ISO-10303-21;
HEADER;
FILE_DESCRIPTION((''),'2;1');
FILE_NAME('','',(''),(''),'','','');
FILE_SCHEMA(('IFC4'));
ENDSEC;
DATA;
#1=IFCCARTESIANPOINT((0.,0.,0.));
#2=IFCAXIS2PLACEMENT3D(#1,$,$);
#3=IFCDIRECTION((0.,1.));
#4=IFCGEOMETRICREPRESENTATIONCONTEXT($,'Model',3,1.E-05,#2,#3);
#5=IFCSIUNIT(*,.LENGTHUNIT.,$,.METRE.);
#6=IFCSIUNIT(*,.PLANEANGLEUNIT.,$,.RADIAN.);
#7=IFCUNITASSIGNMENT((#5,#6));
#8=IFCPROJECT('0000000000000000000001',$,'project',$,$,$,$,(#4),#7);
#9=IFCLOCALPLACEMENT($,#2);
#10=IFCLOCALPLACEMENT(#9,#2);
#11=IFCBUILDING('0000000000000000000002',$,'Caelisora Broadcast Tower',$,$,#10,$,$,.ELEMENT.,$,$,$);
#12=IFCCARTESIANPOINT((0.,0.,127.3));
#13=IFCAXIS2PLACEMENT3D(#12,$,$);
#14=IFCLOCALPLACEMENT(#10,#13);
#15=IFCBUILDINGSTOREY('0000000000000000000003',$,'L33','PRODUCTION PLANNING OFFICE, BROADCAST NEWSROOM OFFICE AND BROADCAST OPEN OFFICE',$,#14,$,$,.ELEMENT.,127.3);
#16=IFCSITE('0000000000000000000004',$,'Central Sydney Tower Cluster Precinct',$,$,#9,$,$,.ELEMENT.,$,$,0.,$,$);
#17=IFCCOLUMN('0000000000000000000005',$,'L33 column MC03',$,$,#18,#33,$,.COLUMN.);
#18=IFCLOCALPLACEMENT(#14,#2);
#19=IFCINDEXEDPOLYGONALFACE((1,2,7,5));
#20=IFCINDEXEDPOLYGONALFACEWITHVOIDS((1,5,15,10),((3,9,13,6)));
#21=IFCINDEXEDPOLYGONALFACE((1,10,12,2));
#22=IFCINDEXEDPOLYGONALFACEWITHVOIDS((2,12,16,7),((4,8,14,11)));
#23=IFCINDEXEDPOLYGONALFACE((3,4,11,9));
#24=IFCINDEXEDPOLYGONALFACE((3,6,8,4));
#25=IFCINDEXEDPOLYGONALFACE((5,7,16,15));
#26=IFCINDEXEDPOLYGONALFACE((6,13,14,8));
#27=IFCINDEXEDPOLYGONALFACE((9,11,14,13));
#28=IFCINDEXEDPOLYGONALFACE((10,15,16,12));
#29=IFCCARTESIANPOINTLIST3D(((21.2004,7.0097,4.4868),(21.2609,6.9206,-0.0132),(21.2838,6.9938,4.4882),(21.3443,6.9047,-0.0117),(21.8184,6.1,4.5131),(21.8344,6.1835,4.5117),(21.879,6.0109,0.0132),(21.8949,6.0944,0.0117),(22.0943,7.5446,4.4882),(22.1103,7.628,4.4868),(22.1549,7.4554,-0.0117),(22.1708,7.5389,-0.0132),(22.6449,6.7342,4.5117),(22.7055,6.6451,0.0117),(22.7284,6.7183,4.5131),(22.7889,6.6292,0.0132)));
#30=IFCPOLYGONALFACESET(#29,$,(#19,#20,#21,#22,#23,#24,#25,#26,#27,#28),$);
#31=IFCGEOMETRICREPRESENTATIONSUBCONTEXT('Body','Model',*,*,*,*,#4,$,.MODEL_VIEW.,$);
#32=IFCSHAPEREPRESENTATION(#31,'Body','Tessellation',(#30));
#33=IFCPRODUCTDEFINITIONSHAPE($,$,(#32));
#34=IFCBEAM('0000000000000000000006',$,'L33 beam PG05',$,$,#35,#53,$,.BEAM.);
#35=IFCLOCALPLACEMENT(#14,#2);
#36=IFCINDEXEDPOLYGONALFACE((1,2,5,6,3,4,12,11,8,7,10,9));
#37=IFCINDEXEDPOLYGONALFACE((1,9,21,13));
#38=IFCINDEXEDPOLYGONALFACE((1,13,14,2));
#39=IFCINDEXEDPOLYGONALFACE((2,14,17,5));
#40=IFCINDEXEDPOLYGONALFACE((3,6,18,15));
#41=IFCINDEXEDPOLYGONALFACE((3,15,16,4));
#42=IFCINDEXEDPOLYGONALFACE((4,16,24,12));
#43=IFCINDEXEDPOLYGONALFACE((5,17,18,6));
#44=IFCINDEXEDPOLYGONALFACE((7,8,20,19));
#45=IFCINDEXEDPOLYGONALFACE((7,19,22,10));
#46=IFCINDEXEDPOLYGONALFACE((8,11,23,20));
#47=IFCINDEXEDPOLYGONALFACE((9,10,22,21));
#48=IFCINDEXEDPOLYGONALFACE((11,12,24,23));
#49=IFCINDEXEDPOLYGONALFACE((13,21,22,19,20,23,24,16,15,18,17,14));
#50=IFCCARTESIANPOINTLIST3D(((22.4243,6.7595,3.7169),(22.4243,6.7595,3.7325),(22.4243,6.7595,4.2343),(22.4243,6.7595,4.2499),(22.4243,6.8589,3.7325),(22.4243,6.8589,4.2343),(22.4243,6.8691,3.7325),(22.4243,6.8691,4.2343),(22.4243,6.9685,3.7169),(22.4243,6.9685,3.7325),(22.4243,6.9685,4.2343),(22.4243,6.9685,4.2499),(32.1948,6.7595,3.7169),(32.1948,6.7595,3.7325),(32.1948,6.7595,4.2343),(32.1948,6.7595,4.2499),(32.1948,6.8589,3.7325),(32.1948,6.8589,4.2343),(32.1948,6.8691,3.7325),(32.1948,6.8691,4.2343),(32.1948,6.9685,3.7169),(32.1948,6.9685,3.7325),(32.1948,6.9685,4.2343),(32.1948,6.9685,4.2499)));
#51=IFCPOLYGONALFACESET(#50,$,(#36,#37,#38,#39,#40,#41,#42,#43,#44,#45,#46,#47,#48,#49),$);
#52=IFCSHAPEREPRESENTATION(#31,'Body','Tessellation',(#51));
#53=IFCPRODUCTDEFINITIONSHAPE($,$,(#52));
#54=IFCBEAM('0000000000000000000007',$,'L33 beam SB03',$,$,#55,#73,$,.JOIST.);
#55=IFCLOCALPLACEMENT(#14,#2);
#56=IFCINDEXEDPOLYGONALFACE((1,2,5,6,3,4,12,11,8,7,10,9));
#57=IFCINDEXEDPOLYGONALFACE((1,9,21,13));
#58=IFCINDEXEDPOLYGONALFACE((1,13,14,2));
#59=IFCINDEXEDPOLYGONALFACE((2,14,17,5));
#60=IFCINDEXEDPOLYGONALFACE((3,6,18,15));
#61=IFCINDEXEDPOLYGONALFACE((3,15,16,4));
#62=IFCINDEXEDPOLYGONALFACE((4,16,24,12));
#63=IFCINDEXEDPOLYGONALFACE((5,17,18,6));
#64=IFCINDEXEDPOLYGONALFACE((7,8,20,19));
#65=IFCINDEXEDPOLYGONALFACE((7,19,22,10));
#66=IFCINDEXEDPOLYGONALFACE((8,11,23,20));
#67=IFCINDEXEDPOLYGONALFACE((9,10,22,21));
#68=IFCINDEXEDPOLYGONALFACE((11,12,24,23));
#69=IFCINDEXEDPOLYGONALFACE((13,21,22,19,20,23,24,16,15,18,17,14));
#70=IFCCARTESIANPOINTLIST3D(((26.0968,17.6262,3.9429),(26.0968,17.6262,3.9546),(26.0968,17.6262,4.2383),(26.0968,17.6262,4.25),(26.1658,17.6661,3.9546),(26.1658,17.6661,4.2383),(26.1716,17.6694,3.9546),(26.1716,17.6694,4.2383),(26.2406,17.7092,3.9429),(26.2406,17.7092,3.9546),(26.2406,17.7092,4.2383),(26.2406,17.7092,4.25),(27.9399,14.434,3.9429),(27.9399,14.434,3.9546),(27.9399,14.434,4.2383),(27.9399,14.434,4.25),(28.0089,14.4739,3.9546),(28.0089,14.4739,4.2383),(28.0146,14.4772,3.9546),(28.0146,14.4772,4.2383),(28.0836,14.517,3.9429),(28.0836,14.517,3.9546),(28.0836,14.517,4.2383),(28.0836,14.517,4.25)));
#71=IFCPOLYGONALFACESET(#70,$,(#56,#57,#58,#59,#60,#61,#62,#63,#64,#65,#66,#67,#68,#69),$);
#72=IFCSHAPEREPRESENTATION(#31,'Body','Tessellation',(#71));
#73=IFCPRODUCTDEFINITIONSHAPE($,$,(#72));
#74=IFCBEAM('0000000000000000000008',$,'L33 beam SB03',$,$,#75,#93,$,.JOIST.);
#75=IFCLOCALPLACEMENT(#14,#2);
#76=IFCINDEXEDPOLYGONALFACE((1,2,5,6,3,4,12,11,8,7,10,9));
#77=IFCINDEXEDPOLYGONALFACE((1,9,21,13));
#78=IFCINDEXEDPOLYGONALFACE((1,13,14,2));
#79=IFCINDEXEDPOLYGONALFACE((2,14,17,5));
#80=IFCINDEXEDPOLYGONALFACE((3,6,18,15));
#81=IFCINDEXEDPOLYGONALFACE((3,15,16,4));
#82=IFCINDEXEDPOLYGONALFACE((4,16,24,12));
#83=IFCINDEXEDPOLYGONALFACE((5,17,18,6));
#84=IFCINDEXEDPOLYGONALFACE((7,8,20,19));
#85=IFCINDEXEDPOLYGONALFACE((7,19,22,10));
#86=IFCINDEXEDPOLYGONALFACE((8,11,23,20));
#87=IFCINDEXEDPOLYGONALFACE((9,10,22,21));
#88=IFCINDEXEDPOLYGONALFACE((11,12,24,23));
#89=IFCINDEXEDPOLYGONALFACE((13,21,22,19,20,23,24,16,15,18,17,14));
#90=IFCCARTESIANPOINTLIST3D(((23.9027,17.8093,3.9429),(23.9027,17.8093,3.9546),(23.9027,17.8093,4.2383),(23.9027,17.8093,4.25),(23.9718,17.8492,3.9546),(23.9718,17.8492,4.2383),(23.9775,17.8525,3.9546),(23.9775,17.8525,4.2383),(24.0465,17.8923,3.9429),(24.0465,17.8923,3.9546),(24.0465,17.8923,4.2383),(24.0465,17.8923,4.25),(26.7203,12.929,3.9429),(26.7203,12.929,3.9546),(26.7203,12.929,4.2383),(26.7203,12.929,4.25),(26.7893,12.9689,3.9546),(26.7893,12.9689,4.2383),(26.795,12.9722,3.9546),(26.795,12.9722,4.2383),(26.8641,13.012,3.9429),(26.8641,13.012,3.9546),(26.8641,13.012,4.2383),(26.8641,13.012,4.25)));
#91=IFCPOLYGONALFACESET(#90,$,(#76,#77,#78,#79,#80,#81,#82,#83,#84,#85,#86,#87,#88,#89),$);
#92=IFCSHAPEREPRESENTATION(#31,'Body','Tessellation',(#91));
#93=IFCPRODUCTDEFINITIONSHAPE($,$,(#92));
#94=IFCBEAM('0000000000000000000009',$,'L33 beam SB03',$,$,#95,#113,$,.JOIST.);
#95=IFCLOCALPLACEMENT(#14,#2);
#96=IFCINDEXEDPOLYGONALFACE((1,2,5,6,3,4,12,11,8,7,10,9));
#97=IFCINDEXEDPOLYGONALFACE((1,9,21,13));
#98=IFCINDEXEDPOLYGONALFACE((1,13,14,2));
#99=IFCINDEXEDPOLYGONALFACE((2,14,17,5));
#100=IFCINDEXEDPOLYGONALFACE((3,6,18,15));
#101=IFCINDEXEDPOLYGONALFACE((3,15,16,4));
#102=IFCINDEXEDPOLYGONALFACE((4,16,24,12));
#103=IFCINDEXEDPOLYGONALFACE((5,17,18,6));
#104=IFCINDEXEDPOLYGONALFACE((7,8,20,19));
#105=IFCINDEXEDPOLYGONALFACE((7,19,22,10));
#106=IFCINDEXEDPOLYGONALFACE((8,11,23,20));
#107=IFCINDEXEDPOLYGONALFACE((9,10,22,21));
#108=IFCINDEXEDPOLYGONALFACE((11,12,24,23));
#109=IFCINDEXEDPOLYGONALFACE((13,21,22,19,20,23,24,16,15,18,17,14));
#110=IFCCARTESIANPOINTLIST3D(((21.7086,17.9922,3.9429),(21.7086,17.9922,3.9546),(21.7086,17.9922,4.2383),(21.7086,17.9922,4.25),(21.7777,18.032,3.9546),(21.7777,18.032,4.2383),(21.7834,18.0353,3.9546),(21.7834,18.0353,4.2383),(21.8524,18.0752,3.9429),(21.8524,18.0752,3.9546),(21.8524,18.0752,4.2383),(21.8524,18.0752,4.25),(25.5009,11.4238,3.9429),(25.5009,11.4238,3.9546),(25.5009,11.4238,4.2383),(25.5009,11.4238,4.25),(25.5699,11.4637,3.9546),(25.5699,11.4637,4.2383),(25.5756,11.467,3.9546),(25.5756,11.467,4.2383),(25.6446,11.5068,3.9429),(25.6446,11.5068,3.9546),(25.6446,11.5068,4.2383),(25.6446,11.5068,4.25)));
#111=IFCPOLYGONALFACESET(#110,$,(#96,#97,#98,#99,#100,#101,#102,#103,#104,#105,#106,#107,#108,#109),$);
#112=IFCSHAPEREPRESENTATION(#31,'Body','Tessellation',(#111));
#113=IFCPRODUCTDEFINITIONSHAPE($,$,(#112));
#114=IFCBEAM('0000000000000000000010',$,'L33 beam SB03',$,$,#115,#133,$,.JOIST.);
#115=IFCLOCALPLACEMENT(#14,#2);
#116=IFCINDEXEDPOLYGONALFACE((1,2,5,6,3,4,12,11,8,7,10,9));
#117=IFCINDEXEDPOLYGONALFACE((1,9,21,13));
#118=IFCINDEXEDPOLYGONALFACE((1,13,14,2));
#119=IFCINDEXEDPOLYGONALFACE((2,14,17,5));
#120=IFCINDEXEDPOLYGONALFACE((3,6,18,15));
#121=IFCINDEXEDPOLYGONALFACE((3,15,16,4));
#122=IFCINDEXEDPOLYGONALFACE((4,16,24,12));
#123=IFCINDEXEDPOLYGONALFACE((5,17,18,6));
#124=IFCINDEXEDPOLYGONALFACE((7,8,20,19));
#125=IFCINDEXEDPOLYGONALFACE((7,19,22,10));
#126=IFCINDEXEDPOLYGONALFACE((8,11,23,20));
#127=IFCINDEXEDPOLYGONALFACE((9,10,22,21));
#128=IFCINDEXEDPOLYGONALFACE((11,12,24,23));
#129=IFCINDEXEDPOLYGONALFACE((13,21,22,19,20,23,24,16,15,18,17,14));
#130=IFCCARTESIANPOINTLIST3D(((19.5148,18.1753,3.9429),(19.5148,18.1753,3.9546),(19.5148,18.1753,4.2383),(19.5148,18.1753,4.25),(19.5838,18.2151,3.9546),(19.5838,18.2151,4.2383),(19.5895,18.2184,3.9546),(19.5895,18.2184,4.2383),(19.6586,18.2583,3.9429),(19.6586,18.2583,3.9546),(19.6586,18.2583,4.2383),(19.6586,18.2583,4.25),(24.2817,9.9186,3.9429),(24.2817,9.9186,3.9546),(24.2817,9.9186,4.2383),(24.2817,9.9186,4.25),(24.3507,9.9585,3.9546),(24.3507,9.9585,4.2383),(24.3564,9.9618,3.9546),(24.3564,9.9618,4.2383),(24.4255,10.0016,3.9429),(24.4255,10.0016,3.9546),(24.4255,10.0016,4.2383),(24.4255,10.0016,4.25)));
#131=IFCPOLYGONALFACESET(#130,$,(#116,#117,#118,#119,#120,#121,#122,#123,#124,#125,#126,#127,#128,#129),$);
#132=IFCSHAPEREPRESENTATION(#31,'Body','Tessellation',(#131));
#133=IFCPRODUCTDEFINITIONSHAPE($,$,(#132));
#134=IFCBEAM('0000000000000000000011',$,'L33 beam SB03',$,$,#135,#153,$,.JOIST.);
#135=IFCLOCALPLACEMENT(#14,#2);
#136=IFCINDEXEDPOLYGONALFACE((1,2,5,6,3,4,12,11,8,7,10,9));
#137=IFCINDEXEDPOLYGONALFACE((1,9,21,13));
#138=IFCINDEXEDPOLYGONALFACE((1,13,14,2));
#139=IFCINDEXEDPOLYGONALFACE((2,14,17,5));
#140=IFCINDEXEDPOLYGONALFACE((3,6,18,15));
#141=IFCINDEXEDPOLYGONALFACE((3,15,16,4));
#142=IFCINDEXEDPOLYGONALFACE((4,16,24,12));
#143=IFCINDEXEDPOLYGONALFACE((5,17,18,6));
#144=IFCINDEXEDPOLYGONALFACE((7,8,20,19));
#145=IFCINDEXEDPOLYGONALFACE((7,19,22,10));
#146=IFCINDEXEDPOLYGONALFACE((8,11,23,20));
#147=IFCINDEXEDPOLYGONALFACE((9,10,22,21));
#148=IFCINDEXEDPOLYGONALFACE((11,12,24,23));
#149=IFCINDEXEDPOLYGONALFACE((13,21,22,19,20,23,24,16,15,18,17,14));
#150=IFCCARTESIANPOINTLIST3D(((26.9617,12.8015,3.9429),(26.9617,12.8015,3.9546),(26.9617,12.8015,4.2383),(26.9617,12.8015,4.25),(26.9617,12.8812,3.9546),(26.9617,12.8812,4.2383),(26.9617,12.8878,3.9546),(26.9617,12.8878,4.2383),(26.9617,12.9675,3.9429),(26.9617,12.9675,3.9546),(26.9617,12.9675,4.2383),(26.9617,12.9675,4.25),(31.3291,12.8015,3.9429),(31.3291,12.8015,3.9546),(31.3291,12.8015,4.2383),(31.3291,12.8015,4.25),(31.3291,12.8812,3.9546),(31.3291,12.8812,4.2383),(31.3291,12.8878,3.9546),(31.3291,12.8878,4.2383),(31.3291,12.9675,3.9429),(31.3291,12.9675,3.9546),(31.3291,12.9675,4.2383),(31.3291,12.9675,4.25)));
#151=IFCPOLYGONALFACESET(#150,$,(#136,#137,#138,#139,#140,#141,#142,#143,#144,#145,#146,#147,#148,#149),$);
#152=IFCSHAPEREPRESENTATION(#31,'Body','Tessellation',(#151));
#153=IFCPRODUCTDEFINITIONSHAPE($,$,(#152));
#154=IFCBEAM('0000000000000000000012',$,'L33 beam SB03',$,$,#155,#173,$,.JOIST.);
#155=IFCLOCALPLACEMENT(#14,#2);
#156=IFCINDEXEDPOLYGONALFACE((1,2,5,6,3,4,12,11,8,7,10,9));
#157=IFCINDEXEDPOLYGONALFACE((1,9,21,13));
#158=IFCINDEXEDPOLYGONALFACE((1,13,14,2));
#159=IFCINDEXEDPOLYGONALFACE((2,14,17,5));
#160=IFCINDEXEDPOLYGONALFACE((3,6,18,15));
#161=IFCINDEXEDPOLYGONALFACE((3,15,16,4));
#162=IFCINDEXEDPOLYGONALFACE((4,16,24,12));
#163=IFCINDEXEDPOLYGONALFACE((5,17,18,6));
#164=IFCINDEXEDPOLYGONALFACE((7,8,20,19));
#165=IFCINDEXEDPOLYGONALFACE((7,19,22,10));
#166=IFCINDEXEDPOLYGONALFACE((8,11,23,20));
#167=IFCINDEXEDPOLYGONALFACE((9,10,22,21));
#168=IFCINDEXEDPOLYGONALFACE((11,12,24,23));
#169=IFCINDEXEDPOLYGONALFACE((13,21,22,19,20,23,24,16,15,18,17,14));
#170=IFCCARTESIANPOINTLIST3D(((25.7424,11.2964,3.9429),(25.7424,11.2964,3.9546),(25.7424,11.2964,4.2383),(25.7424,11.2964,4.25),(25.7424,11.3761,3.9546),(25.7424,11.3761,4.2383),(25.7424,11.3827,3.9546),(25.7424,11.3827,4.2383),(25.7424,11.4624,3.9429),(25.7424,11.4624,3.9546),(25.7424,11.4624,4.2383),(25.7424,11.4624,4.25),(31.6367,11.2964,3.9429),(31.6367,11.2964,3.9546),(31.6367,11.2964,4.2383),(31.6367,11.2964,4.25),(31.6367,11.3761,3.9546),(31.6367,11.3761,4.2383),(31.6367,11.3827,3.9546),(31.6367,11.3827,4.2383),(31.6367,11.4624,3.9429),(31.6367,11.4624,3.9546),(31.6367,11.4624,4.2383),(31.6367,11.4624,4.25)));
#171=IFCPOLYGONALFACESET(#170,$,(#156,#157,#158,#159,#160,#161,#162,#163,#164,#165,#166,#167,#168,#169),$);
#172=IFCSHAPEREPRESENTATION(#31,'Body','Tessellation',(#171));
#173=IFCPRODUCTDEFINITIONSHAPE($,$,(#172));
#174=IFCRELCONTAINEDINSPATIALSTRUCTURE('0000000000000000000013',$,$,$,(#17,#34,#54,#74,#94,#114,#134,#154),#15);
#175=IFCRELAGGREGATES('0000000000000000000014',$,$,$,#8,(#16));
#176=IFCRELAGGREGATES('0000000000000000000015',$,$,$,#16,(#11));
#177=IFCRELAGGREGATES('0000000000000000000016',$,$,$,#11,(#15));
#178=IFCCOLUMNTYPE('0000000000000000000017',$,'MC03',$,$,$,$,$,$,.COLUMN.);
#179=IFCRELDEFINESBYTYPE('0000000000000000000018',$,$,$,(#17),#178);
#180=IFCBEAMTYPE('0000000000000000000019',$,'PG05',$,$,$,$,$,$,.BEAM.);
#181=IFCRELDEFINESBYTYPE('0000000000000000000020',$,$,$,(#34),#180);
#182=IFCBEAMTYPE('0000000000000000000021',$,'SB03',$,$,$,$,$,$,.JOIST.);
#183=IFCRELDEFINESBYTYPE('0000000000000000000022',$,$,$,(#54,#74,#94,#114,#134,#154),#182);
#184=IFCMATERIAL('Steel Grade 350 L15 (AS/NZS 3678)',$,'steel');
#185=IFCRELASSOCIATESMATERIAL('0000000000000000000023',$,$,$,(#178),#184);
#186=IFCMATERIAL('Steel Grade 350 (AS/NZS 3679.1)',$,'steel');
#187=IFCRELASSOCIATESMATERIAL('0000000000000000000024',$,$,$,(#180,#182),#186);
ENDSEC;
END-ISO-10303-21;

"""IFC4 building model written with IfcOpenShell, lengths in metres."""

from ifc_helpers import new_model, si_unit, direction, frame, origin, origin_2d, place, context, subcontext, project, spatial, hollow_rectangle, i_section, extrude, source, transform, mapped, material, material_profile, profile_set, type_object, type_shapes, element, save


model = new_model("IFC4")

# Units and contexts
model_context = context("Model", 3, precision=1e-05, world=origin(), true_north=direction((0.0, 1.0)))
body_context = subcontext(model_context, "Body", "Model", "MODEL_VIEW")
ifc_project = project(units=[si_unit("LENGTHUNIT", "METRE"), si_unit("PLANEANGLEUNIT", "RADIAN")], contexts=[model_context])

# Site, building, storey
site_placement = place(None, origin())
site = spatial("IfcSite", under=ifc_project, at=site_placement, Name="Central Sydney Tower Cluster Precinct", CompositionType="ELEMENT", RefElevation=0.0)
building_placement = place(site_placement, origin())
building = spatial("IfcBuilding", under=site, at=building_placement, Name="Caelisora Broadcast Tower", CompositionType="ELEMENT")
storey_placement = place(building_placement, frame((0.0, 0.0, 127.3)))
storey = spatial("IfcBuildingStorey", under=building, at=storey_placement, Name="L33", Description="PRODUCTION PLANNING OFFICE, BROADCAST NEWSROOM OFFICE AND BROADCAST OPEN OFFICE", CompositionType="ELEMENT", Elevation=127.3)

# Column
ifc_material_1 = material(Name="Steel Grade 350 L15 (AS/NZS 3678)", Category="steel")
ifc_material_profile_1 = material_profile(ifc_material_1, hollow_rectangle(XDim=1.1001, YDim=1.1001, WallThickness=0.0601, at=origin_2d()), Name="Steel Grade 350 L15 (AS/NZS 3678)")
ifc_profile_set_1 = profile_set([ifc_material_profile_1], Name="Steel Grade 350 L15 (AS/NZS 3678)")
column_type = type_object("IfcColumnType", Name="MC03", PredefinedType="COLUMN", material=ifc_profile_set_1)
shared_shape_1 = source(origin(), body_context, "Body", "SweptSolid", [
    extrude(hollow_rectangle(XDim=1.1001, YDim=1.1001, WallThickness=0.0601, at=origin_2d()), origin(), (0.0, 0.0, 1.0), 4.5012),
])
type_shapes(column_type, [shared_shape_1])
column_placement = place(storey_placement, frame((22.0249, 6.7749, 0.0), z_axis=(-0.013451, 0.019797, 0.999714), x_axis=(-0.827137, -0.562, 0.0)))
element("IfcColumn", 1, at=column_placement, inside=storey, type_object=column_type, Name="L33 column MC03", PredefinedType="COLUMN", context=body_context, shape_type="MappedRepresentation", body=[
    mapped(shared_shape_1, transform((0.0, 0.0, 0.0), scale=1.0)),
])

# Beams
ifc_material_2 = material(Name="Steel Grade 350 (AS/NZS 3679.1)", Category="steel")
ifc_material_profile_2 = material_profile(ifc_material_2, i_section(OverallWidth=0.209, OverallDepth=0.533, WebThickness=0.0103, FlangeThickness=0.0156, at=origin_2d()), Name="Steel Grade 350 (AS/NZS 3679.1)")
ifc_profile_set_2 = profile_set([ifc_material_profile_2], Name="Steel Grade 350 (AS/NZS 3679.1)")
beam_type_1 = type_object("IfcBeamType", Name="PG05", PredefinedType="BEAM", material=ifc_profile_set_2)
shared_shape_2 = source(origin(), body_context, "Body", "SweptSolid", [
    extrude(i_section(OverallWidth=0.209, OverallDepth=0.533, WebThickness=0.0103, FlangeThickness=0.0156, at=origin_2d()), origin(), (0.0, 0.0, 1.0), 9.7705),
])
type_shapes(beam_type_1, [shared_shape_2])
beam_1_placement = place(storey_placement, frame((22.4243, 6.864, 3.9834), z_axis=(1.0, 0.0, 0.0), x_axis=(0.0, 1.0, 0.0)))
element("IfcBeam", 2, at=beam_1_placement, inside=storey, type_object=beam_type_1, Name="L33 beam PG05", PredefinedType="BEAM", context=body_context, shape_type="MappedRepresentation", body=[
    mapped(shared_shape_2, transform((0.0, 0.0, 0.0), scale=1.0)),
])
ifc_material_profile_3 = material_profile(ifc_material_2, i_section(OverallWidth=0.166, OverallDepth=0.3071, WebThickness=0.0066, FlangeThickness=0.0117, at=origin_2d()), Name="Steel Grade 350 (AS/NZS 3679.1)")
ifc_profile_set_3 = profile_set([ifc_material_profile_3], Name="Steel Grade 350 (AS/NZS 3679.1)")
beam_type_2 = type_object("IfcBeamType", Name="SB03", PredefinedType="JOIST", material=ifc_profile_set_3)
shared_shape_3 = source(origin(), body_context, "Body", "SweptSolid", [
    extrude(i_section(OverallWidth=0.166, OverallDepth=0.3071, WebThickness=0.0066, FlangeThickness=0.0117, at=origin_2d()), origin(), (0.0, 0.0, 1.0), 3.686),
])
beam_2_placement = place(storey_placement, frame((26.1687, 17.6677, 4.0964), z_axis=(0.500007, -0.866021, 0.0), x_axis=(0.866021, 0.500007, 0.0)))
element("IfcBeam", 3, at=beam_2_placement, inside=storey, type_object=beam_type_2, Name="L33 beam SB03", PredefinedType="JOIST", context=body_context, shape_type="MappedRepresentation", body=[
    mapped(shared_shape_3, transform((0.0, 0.0, 0.0), scale=1.0)),
])
shared_shape_4 = source(origin(), body_context, "Body", "SweptSolid", [
    extrude(i_section(OverallWidth=0.166, OverallDepth=0.3071, WebThickness=0.0066, FlangeThickness=0.0117, at=origin_2d()), origin(), (0.0, 0.0, 1.0), 5.6353),
])
beam_3_placement = place(storey_placement, frame((23.9746, 17.8508, 4.0964), z_axis=(0.499992, -0.86603, 0.0), x_axis=(0.86603, 0.499992, 0.0)))
element("IfcBeam", 4, at=beam_3_placement, inside=storey, type_object=beam_type_2, Name="L33 beam SB03", PredefinedType="JOIST", context=body_context, shape_type="MappedRepresentation", body=[
    mapped(shared_shape_4, transform((0.0, 0.0, 0.0), scale=1.0)),
])
shared_shape_5 = source(origin(), body_context, "Body", "SweptSolid", [
    extrude(i_section(OverallWidth=0.166, OverallDepth=0.3071, WebThickness=0.0066, FlangeThickness=0.0117, at=origin_2d()), origin(), (0.0, 0.0, 1.0), 7.5845),
])
beam_4_placement = place(storey_placement, frame((21.7805, 18.0337, 4.0964), z_axis=(0.499999, -0.866026, 0.0), x_axis=(0.866026, 0.499999, 0.0)))
element("IfcBeam", 5, at=beam_4_placement, inside=storey, type_object=beam_type_2, Name="L33 beam SB03", PredefinedType="JOIST", context=body_context, shape_type="MappedRepresentation", body=[
    mapped(shared_shape_5, transform((0.0, 0.0, 0.0), scale=1.0)),
])
shared_shape_6 = source(origin(), body_context, "Body", "SweptSolid", [
    extrude(i_section(OverallWidth=0.166, OverallDepth=0.3071, WebThickness=0.0066, FlangeThickness=0.0117, at=origin_2d()), origin(), (0.0, 0.0, 1.0), 9.5339),
])
beam_5_placement = place(storey_placement, frame((19.5867, 18.2168, 4.0964), z_axis=(0.499992, -0.86603, 0.0), x_axis=(0.86603, 0.499992, 0.0)))
element("IfcBeam", 6, at=beam_5_placement, inside=storey, type_object=beam_type_2, Name="L33 beam SB03", PredefinedType="JOIST", context=body_context, shape_type="MappedRepresentation", body=[
    mapped(shared_shape_6, transform((0.0, 0.0, 0.0), scale=1.0)),
])
shared_shape_7 = source(origin(), body_context, "Body", "SweptSolid", [
    extrude(i_section(OverallWidth=0.166, OverallDepth=0.3071, WebThickness=0.0066, FlangeThickness=0.0117, at=origin_2d()), origin(), (0.0, 0.0, 1.0), 4.3674),
])
beam_6_placement = place(storey_placement, frame((26.9617, 12.8845, 4.0964), z_axis=(1.0, 0.0, 0.0), x_axis=(0.0, 1.0, 0.0)))
element("IfcBeam", 7, at=beam_6_placement, inside=storey, type_object=beam_type_2, Name="L33 beam SB03", PredefinedType="JOIST", context=body_context, shape_type="MappedRepresentation", body=[
    mapped(shared_shape_7, transform((0.0, 0.0, 0.0), scale=1.0)),
])
shared_shape_8 = source(origin(), body_context, "Body", "SweptSolid", [
    extrude(i_section(OverallWidth=0.166, OverallDepth=0.3071, WebThickness=0.0066, FlangeThickness=0.0117, at=origin_2d()), origin(), (0.0, 0.0, 1.0), 5.8943),
])
beam_7_placement = place(storey_placement, frame((25.7424, 11.3794, 4.0964), z_axis=(1.0, 0.0, 0.0), x_axis=(0.0, 1.0, 0.0)))
element("IfcBeam", 8, at=beam_7_placement, inside=storey, type_object=beam_type_2, Name="L33 beam SB03", PredefinedType="JOIST", context=body_context, shape_type="MappedRepresentation", body=[
    mapped(shared_shape_8, transform((0.0, 0.0, 0.0), scale=1.0)),
])

save(model, "model.ifc")
